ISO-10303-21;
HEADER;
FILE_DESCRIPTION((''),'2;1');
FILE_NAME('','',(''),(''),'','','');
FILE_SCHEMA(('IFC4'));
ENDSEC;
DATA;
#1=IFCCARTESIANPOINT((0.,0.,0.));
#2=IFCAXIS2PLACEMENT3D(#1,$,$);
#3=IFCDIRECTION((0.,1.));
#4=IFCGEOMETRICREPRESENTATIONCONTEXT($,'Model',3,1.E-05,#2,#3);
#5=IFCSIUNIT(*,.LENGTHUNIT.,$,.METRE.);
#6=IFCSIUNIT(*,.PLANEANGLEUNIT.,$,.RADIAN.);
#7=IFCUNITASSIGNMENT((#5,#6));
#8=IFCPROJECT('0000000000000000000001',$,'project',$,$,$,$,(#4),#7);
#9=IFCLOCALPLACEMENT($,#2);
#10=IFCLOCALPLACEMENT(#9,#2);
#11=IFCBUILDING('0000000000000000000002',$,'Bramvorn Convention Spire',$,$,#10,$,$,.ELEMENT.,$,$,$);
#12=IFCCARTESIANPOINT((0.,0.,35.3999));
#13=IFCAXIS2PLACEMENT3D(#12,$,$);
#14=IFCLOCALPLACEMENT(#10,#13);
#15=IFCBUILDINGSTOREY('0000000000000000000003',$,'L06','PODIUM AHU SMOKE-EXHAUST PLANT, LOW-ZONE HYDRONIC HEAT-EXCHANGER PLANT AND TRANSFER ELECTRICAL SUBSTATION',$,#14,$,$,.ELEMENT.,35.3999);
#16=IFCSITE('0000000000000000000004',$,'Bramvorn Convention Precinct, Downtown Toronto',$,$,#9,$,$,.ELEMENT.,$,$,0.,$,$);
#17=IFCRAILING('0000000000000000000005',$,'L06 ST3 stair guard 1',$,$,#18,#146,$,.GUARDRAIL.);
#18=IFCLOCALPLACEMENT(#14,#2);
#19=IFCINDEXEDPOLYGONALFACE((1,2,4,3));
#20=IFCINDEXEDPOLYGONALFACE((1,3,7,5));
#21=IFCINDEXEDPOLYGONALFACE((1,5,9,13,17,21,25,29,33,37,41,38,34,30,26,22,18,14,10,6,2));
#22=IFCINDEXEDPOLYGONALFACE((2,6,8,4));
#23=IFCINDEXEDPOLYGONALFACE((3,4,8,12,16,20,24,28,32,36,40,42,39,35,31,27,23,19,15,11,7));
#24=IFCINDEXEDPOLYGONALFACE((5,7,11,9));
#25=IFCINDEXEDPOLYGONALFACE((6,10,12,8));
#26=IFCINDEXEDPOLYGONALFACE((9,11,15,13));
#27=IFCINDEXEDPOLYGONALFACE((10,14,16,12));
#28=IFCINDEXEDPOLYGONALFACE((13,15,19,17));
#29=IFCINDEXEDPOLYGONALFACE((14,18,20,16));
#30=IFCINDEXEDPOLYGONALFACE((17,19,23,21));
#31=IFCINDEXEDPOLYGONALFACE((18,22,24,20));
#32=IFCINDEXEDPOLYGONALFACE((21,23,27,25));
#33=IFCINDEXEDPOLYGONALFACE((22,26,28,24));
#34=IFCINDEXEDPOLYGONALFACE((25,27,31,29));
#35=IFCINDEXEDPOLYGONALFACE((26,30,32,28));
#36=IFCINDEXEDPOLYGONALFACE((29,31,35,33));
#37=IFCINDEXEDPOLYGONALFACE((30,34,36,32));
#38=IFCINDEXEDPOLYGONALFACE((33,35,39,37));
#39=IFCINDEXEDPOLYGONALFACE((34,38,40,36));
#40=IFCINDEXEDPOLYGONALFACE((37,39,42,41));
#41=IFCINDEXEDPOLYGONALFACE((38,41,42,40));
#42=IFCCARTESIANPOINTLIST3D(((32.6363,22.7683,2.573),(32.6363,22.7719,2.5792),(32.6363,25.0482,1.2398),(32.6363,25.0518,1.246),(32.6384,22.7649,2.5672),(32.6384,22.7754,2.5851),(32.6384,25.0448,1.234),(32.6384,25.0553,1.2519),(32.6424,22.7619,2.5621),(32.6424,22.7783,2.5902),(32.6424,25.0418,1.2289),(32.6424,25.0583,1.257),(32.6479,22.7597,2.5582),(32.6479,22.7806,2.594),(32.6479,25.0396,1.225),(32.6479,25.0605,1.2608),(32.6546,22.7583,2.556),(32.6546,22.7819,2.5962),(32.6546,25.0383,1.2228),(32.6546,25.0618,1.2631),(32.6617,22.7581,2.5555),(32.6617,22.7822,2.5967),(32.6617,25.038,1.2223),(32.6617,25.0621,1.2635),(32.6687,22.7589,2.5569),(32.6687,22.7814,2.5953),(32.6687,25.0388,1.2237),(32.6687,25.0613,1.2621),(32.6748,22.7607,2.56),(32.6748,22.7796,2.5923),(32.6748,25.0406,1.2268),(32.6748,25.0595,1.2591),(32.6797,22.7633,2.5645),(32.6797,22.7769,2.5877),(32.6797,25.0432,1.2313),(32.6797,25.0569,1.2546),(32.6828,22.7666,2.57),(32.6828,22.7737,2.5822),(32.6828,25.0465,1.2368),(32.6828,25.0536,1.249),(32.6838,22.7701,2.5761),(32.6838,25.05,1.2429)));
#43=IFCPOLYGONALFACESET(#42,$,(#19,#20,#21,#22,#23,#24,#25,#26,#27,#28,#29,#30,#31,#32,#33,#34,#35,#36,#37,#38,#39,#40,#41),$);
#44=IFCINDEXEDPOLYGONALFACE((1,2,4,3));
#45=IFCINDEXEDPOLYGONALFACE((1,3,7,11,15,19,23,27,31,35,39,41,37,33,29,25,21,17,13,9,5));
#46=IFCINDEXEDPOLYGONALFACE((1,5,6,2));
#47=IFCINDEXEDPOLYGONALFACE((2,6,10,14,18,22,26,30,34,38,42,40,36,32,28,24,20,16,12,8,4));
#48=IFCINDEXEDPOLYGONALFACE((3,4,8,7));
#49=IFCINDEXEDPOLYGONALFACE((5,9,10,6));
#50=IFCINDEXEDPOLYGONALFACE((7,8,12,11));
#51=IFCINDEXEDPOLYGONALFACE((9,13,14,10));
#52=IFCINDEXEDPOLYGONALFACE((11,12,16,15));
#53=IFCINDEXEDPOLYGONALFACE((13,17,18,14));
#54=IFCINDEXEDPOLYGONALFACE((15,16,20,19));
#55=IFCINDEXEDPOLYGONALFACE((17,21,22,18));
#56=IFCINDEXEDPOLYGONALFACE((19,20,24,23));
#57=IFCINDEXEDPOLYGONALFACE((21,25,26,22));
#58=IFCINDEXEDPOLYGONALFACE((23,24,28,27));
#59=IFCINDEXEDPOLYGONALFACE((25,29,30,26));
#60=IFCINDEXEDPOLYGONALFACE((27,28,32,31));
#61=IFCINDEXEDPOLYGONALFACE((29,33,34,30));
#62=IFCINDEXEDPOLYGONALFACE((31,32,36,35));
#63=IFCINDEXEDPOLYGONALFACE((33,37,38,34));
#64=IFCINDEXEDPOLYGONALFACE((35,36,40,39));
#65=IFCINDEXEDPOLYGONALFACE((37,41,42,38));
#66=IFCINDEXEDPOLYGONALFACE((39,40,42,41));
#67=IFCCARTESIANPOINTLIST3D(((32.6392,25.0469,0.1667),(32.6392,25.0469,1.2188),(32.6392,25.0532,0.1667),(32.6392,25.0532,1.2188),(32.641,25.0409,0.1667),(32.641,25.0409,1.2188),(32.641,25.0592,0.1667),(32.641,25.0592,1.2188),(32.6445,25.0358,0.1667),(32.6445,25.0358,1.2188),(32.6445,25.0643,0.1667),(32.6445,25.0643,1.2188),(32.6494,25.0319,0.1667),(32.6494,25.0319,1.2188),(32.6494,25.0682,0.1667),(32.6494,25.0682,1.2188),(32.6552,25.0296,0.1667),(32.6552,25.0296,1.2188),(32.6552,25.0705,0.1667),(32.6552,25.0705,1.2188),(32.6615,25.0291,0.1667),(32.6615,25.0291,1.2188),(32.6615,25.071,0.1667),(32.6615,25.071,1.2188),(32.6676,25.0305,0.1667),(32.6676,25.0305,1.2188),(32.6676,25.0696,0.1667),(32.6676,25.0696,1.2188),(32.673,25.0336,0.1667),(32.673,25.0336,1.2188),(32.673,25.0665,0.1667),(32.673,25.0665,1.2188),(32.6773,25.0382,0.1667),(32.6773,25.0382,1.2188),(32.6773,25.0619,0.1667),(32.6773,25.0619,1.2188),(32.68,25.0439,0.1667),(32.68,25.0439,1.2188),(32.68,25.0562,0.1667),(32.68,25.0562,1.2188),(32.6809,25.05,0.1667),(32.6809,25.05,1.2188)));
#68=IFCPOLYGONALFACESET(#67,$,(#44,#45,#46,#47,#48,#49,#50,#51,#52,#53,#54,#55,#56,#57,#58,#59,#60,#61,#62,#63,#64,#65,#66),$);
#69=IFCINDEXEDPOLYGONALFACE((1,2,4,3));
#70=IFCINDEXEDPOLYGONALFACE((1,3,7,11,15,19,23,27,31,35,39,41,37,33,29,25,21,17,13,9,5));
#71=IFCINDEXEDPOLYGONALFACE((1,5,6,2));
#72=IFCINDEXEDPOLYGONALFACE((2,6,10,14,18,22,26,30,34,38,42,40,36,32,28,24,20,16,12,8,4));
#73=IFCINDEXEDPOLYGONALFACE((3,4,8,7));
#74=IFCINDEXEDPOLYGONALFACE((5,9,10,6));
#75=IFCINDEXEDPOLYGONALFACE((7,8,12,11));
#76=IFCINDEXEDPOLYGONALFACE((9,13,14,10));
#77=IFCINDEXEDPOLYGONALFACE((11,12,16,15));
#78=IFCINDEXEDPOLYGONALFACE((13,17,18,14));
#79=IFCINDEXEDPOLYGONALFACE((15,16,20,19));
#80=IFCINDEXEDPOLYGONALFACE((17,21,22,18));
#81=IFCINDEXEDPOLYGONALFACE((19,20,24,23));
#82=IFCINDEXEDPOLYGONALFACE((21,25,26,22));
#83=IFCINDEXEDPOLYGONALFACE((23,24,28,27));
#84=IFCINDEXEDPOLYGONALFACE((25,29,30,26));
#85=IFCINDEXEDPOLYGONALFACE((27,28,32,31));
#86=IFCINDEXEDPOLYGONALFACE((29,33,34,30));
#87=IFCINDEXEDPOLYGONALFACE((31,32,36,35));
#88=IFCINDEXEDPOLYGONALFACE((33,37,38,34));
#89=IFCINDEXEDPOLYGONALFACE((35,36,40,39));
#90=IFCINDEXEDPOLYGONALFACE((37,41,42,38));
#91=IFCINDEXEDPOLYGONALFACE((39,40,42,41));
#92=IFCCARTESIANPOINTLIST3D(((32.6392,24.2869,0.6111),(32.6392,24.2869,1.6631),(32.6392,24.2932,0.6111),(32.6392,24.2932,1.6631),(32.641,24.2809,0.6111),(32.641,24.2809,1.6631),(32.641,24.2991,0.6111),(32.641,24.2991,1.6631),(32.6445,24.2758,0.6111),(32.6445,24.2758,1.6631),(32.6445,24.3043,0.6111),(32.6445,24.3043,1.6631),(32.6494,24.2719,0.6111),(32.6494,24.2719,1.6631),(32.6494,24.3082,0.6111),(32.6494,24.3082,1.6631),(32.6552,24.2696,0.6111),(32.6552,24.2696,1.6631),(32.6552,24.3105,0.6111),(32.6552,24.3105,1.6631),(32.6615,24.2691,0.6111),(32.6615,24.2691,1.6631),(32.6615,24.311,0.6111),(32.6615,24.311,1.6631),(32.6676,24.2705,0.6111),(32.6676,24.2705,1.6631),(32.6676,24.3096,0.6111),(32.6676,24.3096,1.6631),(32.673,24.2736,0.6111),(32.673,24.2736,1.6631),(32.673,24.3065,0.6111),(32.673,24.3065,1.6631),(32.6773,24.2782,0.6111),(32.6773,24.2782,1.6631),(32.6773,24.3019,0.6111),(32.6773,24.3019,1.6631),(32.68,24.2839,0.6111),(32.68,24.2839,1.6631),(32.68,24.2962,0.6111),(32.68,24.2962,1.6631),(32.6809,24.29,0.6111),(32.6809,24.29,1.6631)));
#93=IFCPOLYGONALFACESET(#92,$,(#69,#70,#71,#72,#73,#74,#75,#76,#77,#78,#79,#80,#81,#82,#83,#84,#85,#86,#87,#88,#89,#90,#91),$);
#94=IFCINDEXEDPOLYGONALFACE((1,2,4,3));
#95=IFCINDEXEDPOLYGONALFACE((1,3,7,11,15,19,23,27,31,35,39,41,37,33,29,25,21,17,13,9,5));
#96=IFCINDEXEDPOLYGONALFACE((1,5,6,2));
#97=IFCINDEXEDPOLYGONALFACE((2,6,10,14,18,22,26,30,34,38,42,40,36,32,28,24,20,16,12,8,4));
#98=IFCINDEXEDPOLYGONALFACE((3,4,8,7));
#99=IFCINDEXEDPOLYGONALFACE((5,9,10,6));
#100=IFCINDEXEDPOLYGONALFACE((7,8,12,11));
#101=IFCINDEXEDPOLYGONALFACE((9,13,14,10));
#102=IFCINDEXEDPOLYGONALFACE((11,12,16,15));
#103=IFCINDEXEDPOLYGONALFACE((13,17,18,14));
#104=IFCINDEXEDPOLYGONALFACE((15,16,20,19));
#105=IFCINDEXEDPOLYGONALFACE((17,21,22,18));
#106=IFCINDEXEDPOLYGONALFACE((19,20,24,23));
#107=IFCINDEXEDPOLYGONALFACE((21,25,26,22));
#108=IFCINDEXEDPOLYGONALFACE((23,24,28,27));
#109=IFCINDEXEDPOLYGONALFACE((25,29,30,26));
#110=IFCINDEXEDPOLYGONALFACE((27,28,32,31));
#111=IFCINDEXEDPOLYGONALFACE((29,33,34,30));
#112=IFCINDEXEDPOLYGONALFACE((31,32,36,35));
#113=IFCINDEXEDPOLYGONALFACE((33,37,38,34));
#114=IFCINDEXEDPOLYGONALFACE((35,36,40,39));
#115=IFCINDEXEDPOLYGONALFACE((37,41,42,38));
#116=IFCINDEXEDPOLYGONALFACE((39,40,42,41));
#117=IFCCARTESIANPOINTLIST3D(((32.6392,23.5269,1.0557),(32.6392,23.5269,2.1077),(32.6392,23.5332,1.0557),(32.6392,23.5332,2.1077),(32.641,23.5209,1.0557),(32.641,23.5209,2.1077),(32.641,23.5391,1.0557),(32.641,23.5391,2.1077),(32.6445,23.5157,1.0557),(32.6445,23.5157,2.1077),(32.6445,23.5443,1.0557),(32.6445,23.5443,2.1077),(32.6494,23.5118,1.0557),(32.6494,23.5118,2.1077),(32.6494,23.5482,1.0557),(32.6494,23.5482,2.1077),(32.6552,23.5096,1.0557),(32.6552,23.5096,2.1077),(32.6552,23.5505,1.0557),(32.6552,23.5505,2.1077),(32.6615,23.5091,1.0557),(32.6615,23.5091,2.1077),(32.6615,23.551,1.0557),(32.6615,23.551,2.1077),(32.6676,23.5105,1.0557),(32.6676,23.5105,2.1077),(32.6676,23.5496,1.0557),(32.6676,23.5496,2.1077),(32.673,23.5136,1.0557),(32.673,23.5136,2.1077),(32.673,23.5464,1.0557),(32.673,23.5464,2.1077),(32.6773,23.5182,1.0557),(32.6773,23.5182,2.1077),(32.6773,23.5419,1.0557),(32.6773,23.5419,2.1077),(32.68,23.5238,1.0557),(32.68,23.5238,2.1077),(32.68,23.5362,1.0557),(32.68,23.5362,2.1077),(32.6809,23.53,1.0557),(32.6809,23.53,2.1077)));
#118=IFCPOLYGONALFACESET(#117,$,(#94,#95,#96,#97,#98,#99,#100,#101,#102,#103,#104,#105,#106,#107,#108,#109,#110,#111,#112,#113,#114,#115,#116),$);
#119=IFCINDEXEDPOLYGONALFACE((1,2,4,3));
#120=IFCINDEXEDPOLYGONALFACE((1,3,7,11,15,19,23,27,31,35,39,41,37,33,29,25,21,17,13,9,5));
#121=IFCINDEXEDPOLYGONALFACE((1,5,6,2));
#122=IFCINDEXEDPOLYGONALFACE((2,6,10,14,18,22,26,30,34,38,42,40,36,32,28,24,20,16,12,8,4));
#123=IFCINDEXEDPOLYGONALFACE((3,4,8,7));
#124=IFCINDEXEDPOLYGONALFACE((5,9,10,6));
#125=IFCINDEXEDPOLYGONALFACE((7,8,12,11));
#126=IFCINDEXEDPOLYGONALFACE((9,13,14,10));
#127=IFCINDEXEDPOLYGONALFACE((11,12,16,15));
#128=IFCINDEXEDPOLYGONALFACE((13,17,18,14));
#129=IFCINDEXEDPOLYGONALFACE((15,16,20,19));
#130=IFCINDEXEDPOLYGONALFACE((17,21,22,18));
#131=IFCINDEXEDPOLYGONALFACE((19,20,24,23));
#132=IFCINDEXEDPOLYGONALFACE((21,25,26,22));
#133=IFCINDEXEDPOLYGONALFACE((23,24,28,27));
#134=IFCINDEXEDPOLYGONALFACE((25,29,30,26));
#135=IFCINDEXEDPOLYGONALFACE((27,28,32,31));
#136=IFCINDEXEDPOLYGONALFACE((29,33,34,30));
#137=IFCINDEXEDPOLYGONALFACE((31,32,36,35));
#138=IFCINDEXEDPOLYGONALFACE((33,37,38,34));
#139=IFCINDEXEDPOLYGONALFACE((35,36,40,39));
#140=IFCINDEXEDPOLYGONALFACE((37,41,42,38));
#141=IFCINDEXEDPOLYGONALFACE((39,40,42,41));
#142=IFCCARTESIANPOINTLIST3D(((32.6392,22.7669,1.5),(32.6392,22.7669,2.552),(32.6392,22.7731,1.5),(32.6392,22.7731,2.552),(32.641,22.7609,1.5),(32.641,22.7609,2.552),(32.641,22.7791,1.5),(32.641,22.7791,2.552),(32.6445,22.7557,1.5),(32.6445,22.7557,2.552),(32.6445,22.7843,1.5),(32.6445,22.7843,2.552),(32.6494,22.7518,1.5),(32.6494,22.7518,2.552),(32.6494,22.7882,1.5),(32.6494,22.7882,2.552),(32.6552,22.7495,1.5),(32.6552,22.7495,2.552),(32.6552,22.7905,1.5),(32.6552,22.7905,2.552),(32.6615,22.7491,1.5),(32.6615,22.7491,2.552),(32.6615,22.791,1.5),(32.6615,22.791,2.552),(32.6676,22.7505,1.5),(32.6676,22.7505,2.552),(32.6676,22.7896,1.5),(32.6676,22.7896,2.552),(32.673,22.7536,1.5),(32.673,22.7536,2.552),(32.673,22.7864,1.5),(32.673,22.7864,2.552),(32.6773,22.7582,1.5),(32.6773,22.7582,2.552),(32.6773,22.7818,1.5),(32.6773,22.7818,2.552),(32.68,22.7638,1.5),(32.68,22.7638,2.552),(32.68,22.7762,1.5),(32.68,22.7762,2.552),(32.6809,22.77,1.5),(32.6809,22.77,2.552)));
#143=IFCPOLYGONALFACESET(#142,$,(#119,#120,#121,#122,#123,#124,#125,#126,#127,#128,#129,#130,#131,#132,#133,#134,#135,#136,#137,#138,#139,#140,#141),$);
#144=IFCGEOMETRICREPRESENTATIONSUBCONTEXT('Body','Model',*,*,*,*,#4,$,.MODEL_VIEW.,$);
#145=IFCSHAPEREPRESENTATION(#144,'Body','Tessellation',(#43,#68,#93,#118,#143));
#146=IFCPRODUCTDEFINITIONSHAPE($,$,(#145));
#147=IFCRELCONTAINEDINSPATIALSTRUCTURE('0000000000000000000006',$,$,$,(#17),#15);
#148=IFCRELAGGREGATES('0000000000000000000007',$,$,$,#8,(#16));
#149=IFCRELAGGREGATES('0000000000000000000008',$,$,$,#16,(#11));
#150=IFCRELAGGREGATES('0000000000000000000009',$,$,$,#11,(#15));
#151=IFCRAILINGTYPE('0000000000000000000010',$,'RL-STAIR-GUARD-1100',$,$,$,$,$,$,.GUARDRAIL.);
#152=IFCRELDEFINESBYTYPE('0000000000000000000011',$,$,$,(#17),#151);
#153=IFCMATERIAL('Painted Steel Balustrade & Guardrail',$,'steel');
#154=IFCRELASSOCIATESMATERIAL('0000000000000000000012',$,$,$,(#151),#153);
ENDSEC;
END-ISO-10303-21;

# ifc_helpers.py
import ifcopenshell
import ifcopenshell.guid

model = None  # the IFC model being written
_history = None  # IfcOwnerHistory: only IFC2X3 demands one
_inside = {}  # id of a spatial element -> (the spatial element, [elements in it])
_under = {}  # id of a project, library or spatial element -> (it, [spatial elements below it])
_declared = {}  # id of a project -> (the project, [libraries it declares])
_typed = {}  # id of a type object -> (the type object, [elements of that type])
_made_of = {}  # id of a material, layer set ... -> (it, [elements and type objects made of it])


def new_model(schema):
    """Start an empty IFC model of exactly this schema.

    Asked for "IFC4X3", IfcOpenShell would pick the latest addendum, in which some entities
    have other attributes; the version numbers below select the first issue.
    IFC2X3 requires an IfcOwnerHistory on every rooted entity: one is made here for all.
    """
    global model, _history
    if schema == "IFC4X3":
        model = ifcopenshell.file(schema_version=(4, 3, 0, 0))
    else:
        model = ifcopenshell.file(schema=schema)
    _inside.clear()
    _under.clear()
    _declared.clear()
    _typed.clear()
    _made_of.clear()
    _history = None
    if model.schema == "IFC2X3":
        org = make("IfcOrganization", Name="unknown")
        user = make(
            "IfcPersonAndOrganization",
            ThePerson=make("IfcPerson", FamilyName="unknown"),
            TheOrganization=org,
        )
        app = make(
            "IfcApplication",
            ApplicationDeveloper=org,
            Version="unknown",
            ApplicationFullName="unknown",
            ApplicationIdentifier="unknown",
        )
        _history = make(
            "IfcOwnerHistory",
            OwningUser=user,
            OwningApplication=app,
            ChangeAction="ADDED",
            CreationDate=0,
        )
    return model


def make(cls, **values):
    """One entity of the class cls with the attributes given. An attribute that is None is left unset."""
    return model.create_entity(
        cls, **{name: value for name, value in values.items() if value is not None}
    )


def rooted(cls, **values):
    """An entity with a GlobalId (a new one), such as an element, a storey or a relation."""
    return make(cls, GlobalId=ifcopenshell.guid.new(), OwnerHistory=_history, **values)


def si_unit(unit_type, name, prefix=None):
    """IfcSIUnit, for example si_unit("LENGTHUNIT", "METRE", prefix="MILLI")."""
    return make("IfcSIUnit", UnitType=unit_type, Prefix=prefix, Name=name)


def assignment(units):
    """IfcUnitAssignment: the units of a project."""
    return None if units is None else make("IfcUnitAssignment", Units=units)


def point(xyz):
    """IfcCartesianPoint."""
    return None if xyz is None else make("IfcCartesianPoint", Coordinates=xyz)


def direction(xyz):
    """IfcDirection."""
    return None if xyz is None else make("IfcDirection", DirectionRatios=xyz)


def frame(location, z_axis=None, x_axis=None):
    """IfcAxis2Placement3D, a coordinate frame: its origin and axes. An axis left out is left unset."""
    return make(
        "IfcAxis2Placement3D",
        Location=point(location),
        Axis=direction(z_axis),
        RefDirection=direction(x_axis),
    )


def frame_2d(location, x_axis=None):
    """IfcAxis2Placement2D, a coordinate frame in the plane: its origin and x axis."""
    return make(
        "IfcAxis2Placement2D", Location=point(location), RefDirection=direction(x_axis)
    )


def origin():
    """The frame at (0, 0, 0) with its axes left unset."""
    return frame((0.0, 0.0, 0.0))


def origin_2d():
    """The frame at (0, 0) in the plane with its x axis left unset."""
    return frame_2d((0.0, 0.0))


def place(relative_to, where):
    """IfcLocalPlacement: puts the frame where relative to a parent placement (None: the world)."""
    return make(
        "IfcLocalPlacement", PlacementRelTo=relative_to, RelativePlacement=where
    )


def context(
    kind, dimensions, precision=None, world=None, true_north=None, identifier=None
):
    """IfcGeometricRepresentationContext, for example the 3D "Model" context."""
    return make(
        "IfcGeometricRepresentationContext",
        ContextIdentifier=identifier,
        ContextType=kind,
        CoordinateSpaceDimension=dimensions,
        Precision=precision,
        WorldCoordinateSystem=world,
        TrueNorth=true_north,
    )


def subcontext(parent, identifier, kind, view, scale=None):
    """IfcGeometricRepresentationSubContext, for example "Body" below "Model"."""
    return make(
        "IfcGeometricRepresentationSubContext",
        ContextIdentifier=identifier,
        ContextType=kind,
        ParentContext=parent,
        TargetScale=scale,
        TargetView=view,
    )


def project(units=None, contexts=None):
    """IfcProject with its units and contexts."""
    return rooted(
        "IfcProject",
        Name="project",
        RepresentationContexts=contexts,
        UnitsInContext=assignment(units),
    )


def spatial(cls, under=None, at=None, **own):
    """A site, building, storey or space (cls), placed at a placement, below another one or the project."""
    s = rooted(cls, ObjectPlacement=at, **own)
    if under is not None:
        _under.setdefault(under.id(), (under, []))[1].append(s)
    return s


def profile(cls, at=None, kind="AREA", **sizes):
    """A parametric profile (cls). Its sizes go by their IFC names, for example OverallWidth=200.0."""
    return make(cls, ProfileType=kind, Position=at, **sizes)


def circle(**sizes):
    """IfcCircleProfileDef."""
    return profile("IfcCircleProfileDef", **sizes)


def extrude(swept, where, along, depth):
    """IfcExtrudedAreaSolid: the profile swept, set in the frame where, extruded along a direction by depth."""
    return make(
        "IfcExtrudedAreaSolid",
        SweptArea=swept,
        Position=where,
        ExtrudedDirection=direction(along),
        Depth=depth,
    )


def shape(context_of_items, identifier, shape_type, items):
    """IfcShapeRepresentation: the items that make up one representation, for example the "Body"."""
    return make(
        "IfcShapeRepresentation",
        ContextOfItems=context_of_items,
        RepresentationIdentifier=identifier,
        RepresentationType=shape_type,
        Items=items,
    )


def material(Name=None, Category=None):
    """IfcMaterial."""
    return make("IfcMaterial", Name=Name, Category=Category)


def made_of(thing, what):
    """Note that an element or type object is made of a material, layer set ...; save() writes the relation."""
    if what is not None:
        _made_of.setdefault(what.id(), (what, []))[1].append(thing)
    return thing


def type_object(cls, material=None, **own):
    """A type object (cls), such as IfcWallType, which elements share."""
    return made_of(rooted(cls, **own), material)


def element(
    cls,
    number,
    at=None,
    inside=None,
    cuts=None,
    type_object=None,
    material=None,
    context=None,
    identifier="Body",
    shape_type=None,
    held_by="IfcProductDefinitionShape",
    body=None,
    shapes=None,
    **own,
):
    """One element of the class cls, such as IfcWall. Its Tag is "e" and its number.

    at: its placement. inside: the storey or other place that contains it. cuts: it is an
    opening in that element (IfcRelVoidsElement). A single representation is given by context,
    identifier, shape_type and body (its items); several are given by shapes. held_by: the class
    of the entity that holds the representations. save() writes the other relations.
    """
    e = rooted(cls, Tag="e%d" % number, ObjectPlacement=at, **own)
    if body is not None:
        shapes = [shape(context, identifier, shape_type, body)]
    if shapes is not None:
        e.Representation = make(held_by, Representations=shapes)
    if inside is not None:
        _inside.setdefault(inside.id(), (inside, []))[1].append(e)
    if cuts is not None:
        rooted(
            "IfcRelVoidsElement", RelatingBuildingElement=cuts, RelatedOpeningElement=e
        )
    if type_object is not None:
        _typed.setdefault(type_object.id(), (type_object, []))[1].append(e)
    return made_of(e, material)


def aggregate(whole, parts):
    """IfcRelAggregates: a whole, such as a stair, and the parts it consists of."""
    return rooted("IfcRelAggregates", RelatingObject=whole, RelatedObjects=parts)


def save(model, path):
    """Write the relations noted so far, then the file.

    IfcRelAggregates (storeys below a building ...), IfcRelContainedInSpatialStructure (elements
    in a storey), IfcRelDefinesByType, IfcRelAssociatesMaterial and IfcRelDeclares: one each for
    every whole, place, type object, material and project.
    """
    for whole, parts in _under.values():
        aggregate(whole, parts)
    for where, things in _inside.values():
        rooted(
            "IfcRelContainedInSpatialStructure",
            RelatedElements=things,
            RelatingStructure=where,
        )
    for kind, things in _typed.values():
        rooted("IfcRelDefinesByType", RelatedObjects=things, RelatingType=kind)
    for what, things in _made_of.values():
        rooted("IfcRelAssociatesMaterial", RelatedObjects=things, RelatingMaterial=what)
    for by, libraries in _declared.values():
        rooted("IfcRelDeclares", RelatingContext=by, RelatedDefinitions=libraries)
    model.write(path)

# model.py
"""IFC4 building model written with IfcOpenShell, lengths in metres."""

from ifc_helpers import new_model, si_unit, direction, frame, origin, origin_2d, place, context, subcontext, project, spatial, circle, extrude, material, type_object, element, save


model = new_model("IFC4")

# Units and contexts
model_context = context("Model", 3, precision=1e-05, world=origin(), true_north=direction((0.0, 1.0)))
body_context = subcontext(model_context, "Body", "Model", "MODEL_VIEW")
ifc_project = project(units=[si_unit("LENGTHUNIT", "METRE"), si_unit("PLANEANGLEUNIT", "RADIAN")], contexts=[model_context])

# Site, building, storey
site_placement = place(None, origin())
site = spatial("IfcSite", under=ifc_project, at=site_placement, Name="Bramvorn Convention Precinct, Downtown Toronto", CompositionType="ELEMENT", RefElevation=0.0)
building_placement = place(site_placement, origin())
building = spatial("IfcBuilding", under=site, at=building_placement, Name="Bramvorn Convention Spire", CompositionType="ELEMENT")
storey_placement = place(building_placement, frame((0.0, 0.0, 35.3999)))
storey = spatial("IfcBuildingStorey", under=building, at=storey_placement, Name="L06", Description="PODIUM AHU SMOKE-EXHAUST PLANT, LOW-ZONE HYDRONIC HEAT-EXCHANGER PLANT AND TRANSFER ELECTRICAL SUBSTATION", CompositionType="ELEMENT", Elevation=35.3999)

# Railing
ifc_material_1 = material(Name="Painted Steel Balustrade & Guardrail", Category="steel")
railing_type_1 = type_object("IfcRailingType", Name="RL-STAIR-GUARD-1100", PredefinedType="GUARDRAIL", material=ifc_material_1)
railing_1_placement = place(storey_placement, frame((32.6599, 25.05, 0.1667)))
element("IfcRailing", 1, at=railing_1_placement, inside=storey, type_object=railing_type_1, Name="L06 ST3 stair guard 1", PredefinedType="GUARDRAIL", context=body_context, shape_type="SweptSolid", body=[
    extrude(circle(Radius=0.0239, at=origin_2d()), frame((0.0, 0.0, 1.0762), z_axis=(0.0, -0.863245, 0.504785), x_axis=(1.0, 0.0, 0.0)), (0.0, 0.0, 1.0), 2.6411),
    extrude(circle(Radius=0.021, at=origin_2d()), origin(), (0.0, 0.0, 1.0), 1.052),
    extrude(circle(Radius=0.021, at=origin_2d()), frame((0.0, -0.76, 0.4443)), (0.0, 0.0, 1.0), 1.052),
    extrude(circle(Radius=0.021, at=origin_2d()), frame((0.0, -1.52, 0.8889)), (0.0, 0.0, 1.0), 1.052),
    extrude(circle(Radius=0.021, at=origin_2d()), frame((0.0, -2.28, 1.3333)), (0.0, 0.0, 1.0), 1.052),
])

save(model, "model.ifc")
